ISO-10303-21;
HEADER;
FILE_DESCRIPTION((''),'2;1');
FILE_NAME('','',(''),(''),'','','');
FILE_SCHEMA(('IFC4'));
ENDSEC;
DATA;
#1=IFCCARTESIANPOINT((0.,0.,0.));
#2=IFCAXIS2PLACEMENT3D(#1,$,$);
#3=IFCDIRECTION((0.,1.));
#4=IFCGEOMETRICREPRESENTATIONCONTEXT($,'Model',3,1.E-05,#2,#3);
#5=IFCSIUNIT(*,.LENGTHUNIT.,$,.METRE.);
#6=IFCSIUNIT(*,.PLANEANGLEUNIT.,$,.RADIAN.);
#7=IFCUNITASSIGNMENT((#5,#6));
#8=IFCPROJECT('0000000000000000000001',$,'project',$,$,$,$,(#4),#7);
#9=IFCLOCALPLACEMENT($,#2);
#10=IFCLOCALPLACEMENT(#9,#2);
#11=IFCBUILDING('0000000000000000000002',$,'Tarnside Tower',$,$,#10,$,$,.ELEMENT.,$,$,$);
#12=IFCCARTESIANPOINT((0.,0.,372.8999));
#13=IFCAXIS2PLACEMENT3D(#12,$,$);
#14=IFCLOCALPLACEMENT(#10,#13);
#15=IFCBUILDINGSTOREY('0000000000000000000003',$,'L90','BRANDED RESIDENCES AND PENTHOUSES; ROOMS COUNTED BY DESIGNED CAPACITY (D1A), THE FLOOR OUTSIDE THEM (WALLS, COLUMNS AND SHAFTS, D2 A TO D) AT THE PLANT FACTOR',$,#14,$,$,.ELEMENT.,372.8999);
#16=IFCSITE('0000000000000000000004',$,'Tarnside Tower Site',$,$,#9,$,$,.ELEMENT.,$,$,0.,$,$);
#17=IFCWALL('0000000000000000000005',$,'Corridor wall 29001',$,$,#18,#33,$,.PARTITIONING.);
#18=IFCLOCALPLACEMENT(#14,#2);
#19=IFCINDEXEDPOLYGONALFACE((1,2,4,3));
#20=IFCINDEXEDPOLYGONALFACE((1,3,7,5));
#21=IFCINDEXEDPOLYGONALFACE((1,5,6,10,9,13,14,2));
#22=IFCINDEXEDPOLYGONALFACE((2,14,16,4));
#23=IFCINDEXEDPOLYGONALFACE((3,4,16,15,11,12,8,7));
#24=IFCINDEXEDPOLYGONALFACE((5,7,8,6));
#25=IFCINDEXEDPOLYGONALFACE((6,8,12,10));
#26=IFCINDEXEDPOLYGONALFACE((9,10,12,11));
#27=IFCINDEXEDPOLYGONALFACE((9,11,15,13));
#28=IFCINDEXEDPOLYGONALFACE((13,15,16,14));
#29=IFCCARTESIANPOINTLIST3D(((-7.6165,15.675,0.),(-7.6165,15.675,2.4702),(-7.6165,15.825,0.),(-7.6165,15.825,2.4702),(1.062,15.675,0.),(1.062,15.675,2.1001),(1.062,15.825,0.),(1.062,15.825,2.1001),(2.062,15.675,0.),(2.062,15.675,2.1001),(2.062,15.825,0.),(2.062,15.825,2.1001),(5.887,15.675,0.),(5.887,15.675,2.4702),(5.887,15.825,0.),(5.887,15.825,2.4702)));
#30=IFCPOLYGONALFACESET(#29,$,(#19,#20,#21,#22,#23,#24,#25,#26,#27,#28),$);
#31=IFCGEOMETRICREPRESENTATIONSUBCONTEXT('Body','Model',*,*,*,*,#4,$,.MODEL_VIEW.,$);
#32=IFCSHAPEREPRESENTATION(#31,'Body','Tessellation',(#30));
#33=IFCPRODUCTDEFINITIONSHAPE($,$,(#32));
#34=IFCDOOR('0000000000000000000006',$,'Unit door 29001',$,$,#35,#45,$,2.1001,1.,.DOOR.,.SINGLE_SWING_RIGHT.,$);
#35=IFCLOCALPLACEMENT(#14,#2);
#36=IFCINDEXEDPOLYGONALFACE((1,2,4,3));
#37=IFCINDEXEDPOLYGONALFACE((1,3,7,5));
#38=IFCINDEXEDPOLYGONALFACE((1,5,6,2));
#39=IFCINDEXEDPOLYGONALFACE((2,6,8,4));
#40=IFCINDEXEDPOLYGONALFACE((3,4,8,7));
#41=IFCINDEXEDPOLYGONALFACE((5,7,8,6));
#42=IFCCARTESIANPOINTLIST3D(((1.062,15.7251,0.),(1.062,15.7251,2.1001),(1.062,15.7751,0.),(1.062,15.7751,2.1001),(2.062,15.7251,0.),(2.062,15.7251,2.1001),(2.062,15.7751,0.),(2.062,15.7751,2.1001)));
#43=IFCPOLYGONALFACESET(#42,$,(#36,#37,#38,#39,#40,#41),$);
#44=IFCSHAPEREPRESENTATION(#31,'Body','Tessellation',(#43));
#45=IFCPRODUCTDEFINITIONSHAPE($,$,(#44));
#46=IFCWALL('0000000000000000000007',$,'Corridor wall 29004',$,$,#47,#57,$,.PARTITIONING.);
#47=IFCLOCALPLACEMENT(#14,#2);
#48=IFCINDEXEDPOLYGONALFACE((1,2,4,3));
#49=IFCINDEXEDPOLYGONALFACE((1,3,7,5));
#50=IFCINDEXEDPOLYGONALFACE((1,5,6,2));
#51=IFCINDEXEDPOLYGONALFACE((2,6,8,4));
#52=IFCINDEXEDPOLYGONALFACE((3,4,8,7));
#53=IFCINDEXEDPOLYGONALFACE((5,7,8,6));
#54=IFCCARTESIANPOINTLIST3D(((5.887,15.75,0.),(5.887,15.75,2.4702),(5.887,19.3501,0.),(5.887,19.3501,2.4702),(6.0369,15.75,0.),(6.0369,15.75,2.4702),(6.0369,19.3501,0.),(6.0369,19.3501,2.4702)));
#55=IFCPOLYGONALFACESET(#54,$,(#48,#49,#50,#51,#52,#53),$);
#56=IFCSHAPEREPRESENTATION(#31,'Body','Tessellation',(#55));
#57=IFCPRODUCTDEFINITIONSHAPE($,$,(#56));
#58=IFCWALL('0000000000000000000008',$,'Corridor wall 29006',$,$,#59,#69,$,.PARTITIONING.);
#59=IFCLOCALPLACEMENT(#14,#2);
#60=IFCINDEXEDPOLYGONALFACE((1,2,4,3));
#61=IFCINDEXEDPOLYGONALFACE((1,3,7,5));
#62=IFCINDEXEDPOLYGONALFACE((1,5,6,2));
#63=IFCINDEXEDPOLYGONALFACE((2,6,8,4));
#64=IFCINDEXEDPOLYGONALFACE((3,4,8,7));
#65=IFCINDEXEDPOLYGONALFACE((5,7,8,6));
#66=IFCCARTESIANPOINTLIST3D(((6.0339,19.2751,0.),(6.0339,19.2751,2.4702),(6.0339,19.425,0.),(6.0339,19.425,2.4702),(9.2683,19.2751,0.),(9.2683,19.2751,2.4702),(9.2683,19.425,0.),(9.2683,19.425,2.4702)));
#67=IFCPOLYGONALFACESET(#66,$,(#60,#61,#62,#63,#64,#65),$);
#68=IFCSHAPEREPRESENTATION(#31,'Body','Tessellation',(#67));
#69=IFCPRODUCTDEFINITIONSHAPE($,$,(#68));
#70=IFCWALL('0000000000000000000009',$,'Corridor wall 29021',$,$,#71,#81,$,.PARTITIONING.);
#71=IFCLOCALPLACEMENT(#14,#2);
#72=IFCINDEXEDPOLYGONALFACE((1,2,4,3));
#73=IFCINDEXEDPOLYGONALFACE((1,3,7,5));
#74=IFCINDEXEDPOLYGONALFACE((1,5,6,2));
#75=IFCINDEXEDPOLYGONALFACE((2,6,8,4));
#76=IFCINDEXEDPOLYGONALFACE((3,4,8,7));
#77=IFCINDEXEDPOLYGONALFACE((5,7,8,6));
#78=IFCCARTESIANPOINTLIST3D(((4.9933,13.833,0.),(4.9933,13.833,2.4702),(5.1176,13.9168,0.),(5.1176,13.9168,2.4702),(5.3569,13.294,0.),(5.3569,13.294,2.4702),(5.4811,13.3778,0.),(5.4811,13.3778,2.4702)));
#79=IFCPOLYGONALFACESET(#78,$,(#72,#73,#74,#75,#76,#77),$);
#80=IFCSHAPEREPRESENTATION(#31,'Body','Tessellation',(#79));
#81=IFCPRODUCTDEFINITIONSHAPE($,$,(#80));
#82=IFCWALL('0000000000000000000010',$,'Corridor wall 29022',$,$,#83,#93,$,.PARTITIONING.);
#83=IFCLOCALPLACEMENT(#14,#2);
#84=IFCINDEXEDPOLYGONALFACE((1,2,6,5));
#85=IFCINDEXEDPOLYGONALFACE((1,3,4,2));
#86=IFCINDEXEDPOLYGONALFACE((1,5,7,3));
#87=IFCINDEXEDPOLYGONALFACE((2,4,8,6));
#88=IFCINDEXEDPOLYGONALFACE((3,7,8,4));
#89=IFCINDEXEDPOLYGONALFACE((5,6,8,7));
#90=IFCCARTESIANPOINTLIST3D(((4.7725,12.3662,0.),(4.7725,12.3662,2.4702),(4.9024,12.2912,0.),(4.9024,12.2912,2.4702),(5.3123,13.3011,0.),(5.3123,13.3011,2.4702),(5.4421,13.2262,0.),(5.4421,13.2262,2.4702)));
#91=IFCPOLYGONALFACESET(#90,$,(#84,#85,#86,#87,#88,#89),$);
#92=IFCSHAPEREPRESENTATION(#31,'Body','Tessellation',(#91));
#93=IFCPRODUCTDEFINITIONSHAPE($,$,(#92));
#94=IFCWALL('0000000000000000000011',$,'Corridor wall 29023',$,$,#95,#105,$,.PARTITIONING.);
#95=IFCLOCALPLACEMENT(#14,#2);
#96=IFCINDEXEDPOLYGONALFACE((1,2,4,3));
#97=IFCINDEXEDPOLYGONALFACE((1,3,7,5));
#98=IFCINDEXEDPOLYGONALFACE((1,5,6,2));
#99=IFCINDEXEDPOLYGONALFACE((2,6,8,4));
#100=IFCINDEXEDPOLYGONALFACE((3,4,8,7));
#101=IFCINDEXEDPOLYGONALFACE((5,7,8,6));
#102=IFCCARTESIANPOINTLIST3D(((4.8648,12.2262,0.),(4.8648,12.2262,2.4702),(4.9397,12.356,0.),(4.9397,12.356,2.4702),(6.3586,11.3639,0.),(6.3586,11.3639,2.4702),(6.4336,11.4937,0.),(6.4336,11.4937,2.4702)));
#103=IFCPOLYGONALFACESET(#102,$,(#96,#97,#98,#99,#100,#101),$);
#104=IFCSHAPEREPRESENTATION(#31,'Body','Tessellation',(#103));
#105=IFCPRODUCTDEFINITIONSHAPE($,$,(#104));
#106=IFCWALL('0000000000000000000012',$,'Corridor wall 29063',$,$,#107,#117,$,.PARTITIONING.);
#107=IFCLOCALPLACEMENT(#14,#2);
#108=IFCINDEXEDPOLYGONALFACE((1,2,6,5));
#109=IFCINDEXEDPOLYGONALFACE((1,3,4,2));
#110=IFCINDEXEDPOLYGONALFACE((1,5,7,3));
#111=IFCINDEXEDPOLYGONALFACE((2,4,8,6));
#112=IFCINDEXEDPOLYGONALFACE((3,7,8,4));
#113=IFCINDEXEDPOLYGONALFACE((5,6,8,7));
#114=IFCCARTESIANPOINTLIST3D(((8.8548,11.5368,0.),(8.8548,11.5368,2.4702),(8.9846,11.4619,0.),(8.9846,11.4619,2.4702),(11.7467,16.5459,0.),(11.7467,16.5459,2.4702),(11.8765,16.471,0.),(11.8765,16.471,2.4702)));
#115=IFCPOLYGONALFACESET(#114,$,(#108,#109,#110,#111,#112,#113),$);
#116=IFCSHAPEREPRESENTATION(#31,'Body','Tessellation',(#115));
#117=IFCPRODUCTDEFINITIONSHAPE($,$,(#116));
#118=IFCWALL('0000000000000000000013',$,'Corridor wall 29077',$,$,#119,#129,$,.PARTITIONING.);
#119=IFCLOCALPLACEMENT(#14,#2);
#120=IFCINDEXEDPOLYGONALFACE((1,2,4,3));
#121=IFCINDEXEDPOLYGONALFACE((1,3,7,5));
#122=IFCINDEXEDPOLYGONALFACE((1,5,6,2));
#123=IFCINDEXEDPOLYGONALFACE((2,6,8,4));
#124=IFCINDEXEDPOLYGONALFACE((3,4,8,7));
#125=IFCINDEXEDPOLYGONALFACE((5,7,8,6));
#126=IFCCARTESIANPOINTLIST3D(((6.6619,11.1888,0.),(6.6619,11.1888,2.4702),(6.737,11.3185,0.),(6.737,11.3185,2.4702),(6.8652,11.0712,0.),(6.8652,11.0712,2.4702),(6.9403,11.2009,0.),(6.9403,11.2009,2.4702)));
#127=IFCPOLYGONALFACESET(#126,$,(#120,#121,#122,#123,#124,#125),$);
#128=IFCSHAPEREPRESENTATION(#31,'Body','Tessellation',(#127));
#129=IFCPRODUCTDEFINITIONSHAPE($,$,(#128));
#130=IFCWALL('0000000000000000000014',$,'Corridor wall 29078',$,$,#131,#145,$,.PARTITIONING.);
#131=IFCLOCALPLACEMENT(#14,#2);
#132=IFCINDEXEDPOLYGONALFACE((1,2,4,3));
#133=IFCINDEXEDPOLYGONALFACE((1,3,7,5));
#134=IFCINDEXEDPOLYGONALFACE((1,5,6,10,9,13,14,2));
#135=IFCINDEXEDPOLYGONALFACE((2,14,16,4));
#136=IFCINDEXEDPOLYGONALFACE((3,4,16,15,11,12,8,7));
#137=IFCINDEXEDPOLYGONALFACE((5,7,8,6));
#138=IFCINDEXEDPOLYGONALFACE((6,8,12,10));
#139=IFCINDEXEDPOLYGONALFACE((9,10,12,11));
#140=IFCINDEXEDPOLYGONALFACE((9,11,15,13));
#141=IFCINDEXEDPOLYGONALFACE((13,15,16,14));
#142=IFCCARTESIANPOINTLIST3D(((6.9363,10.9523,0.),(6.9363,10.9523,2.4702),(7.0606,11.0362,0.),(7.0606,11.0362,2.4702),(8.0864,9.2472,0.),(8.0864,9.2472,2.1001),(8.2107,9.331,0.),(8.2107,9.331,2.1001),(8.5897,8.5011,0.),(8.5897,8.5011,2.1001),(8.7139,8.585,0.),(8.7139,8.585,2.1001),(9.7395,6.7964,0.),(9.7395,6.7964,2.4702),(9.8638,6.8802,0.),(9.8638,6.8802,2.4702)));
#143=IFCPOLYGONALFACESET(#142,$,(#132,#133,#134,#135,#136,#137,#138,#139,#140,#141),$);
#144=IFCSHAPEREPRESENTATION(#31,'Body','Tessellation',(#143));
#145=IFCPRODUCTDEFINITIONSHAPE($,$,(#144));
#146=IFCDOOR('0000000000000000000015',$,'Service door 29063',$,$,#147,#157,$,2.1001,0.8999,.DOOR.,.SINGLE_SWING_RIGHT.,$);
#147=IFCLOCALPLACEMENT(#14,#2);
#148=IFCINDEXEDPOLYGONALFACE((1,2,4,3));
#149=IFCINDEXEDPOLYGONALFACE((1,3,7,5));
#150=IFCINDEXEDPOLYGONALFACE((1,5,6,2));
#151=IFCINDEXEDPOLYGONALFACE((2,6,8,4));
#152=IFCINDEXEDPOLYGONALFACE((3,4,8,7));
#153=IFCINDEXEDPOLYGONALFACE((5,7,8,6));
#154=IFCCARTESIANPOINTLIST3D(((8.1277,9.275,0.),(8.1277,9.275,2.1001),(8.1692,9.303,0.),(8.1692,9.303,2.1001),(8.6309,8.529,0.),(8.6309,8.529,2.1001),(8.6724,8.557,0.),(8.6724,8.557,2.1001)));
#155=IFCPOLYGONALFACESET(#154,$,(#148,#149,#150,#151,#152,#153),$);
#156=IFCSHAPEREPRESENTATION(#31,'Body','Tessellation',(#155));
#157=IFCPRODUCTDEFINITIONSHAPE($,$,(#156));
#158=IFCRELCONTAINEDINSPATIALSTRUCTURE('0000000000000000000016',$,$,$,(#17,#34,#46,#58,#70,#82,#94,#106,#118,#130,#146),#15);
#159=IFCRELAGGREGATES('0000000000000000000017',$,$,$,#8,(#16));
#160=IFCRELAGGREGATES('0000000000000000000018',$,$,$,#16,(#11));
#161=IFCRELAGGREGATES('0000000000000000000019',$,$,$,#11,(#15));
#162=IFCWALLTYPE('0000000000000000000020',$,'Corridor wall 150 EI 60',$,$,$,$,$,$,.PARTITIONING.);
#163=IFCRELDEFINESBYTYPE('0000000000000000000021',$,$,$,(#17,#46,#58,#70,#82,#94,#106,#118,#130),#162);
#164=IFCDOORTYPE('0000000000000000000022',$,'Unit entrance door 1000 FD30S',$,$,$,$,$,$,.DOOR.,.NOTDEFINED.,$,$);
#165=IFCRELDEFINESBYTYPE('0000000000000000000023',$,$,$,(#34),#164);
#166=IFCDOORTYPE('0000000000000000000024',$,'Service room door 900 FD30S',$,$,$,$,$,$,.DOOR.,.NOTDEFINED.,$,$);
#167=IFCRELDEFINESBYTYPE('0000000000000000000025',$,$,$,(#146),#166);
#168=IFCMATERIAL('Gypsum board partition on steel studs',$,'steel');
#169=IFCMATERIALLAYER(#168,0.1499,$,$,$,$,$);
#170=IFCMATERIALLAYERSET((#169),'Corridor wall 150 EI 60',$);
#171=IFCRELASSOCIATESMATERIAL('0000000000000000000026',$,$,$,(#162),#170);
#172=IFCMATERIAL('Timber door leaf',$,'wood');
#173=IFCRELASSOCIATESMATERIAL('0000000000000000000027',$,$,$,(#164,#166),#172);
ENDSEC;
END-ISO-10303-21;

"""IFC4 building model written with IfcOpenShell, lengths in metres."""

from ifc_helpers import new_model, si_unit, direction, frame, frame_2d, origin, place, context, subcontext, project, spatial, rectangle, extrude, material, layer, layer_set, type_object, element, fill, save


model = new_model("IFC4")

# Units and contexts
model_context = context("Model", 3, precision=1e-05, world=origin(), true_north=direction((0.0, 1.0)))
body_context = subcontext(model_context, "Body", "Model", "MODEL_VIEW")
ifc_project = project(units=[si_unit("LENGTHUNIT", "METRE"), si_unit("PLANEANGLEUNIT", "RADIAN")], contexts=[model_context])

# Site, building, storey
site_placement = place(None, origin())
site = spatial("IfcSite", under=ifc_project, at=site_placement, Name="Tarnside Tower Site", CompositionType="ELEMENT", RefElevation=0.0)
building_placement = place(site_placement, origin())
building = spatial("IfcBuilding", under=site, at=building_placement, Name="Tarnside Tower", CompositionType="ELEMENT")
storey_placement = place(building_placement, frame((0.0, 0.0, 372.8999)))
storey = spatial("IfcBuildingStorey", under=building, at=storey_placement, Name="L90", Description="BRANDED RESIDENCES AND PENTHOUSES; ROOMS COUNTED BY DESIGNED CAPACITY (D1A), THE FLOOR OUTSIDE THEM (WALLS, COLUMNS AND SHAFTS, D2 A TO D) AT THE PLANT FACTOR", CompositionType="ELEMENT", Elevation=372.8999)

# Shared definitions
ifc_material_1 = material(Name="Gypsum board partition on steel studs", Category="steel")
ifc_material_2 = material(Name="Timber door leaf", Category="wood")

# Wall, opening, door
ifc_layer_1 = layer(ifc_material_1, 0.1499)
ifc_layer_set_1 = layer_set([ifc_layer_1], Name="Corridor wall 150 EI 60")
wall_type_1 = type_object("IfcWallType", Name="Corridor wall 150 EI 60", PredefinedType="PARTITIONING", material=ifc_layer_set_1)
wall_1_placement = place(storey_placement, frame((5.887, 15.75, 0.0), z_axis=(0.0, 0.0, 1.0), x_axis=(-1.0, 0.0, 0.0)))
wall_1 = element("IfcWall", 1, at=wall_1_placement, inside=storey, type_object=wall_type_1, Name="Corridor wall 29001", PredefinedType="PARTITIONING", context=body_context, shape_type="SweptSolid", body=[
    extrude(rectangle(XDim=13.5034, YDim=0.1499, at=frame_2d((6.7517, 0.0))), origin(), (0.0, 0.0, 1.0), 2.4702),
])
opening_1_placement = place(wall_1_placement, frame((3.825, 0.0, 0.0)))
opening_1 = element("IfcOpeningElement", 2, at=opening_1_placement, cuts=wall_1, PredefinedType="OPENING", context=body_context, shape_type="SweptSolid", body=[
    extrude(rectangle(XDim=1.0, YDim=2.1001, at=frame_2d((0.5, 1.05))), frame((0.0, 0.085, 0.0), z_axis=(0.0, -1.0, 0.0), x_axis=(1.0, 0.0, 0.0)), (0.0, 0.0, 1.0), 0.1699),
])
door_type_1 = type_object("IfcDoorType", Name="Unit entrance door 1000 FD30S", OperationType="NOTDEFINED", PredefinedType="DOOR", material=ifc_material_2)
door_1_placement = place(opening_1_placement, origin())
door_1 = element("IfcDoor", 3, at=door_1_placement, inside=storey, type_object=door_type_1, Name="Unit door 29001", OperationType="SINGLE_SWING_RIGHT", OverallHeight=2.1001, OverallWidth=1.0, PredefinedType="DOOR", context=body_context, shape_type="SweptSolid", body=[
    extrude(rectangle(XDim=1.0, YDim=2.1001, at=frame_2d((0.5, 1.05))), frame((0.0, 0.0249, 0.0), z_axis=(0.0, -1.0, 0.0), x_axis=(1.0, 0.0, 0.0)), (0.0, 0.0, 1.0), 0.05),
])
fill(opening_1, door_1)

# Walls
wall_2_placement = place(storey_placement, frame((5.9619, 19.3501, 0.0), z_axis=(0.0, 0.0, 1.0), x_axis=(0.0, -1.0, 0.0)))
element("IfcWall", 4, at=wall_2_placement, inside=storey, type_object=wall_type_1, Name="Corridor wall 29004", PredefinedType="PARTITIONING", context=body_context, shape_type="SweptSolid", body=[
    extrude(rectangle(XDim=3.6001, YDim=0.1499, at=frame_2d((1.8, 0.0))), origin(), (0.0, 0.0, 1.0), 2.4702),
])
wall_3_placement = place(storey_placement, frame((9.2683, 19.3501, 0.0), z_axis=(0.0, 0.0, 1.0), x_axis=(-1.0, 0.0, 0.0)))
element("IfcWall", 5, at=wall_3_placement, inside=storey, type_object=wall_type_1, Name="Corridor wall 29006", PredefinedType="PARTITIONING", context=body_context, shape_type="SweptSolid", body=[
    extrude(rectangle(XDim=3.2344, YDim=0.1499, at=frame_2d((1.6172, 0.0))), origin(), (0.0, 0.0, 1.0), 2.4702),
])
wall_4_placement = place(storey_placement, frame((5.0554, 13.875, 0.0), z_axis=(0.0, 0.0, 1.0), x_axis=(0.559112, -0.829092, 0.0)))
element("IfcWall", 6, at=wall_4_placement, inside=storey, type_object=wall_type_1, Name="Corridor wall 29021", PredefinedType="PARTITIONING", context=body_context, shape_type="SweptSolid", body=[
    extrude(rectangle(XDim=0.6501, YDim=0.1499, at=frame_2d((0.3252, 0.0))), origin(), (0.0, 0.0, 1.0), 2.4702),
])
wall_5_placement = place(storey_placement, frame((5.3772, 13.2637, 0.0), z_axis=(0.0, 0.0, 1.0), x_axis=(-0.499957, -0.86605, 0.0)))
element("IfcWall", 7, at=wall_5_placement, inside=storey, type_object=wall_type_1, Name="Corridor wall 29022", PredefinedType="PARTITIONING", context=body_context, shape_type="SweptSolid", body=[
    extrude(rectangle(XDim=1.0796, YDim=0.1499, at=frame_2d((0.5398, 0.0))), origin(), (0.0, 0.0, 1.0), 2.4702),
])
wall_6_placement = place(storey_placement, frame((4.9023, 12.291, 0.0), z_axis=(0.0, 0.0, 1.0), x_axis=(0.866075, -0.499914, 0.0)))
element("IfcWall", 8, at=wall_6_placement, inside=storey, type_object=wall_type_1, Name="Corridor wall 29023", PredefinedType="PARTITIONING", context=body_context, shape_type="SweptSolid", body=[
    extrude(rectangle(XDim=1.7249, YDim=0.1499, at=frame_2d((0.8623, 0.0))), origin(), (0.0, 0.0, 1.0), 2.4702),
])
wall_7_placement = place(storey_placement, frame((8.9197, 11.4993, 0.0), z_axis=(0.0, 0.0, 1.0), x_axis=(0.499984, 0.866034, 0.0)))
element("IfcWall", 9, at=wall_7_placement, inside=storey, type_object=wall_type_1, Name="Corridor wall 29063", PredefinedType="PARTITIONING", context=body_context, shape_type="SweptSolid", body=[
    extrude(rectangle(XDim=5.7839, YDim=0.1499, at=frame_2d((2.8921, 0.0))), origin(), (0.0, 0.0, 1.0), 2.4702),
])
wall_8_placement = place(storey_placement, frame((6.6995, 11.2537, 0.0), z_axis=(0.0, 0.0, 1.0), x_axis=(0.865545, -0.500831, 0.0)))
element("IfcWall", 10, at=wall_8_placement, inside=storey, type_object=wall_type_1, Name="Corridor wall 29077", PredefinedType="PARTITIONING", context=body_context, shape_type="SweptSolid", body=[
    extrude(rectangle(XDim=0.2349, YDim=0.1499, at=frame_2d((0.1174, 0.0))), origin(), (0.0, 0.0, 1.0), 2.4702),
])

# Wall, opening, door
wall_9_placement = place(storey_placement, frame((6.9985, 10.9941, 0.0), z_axis=(0.0, 0.0, 1.0), x_axis=(0.559188, -0.829041, 0.0)))
wall_9 = element("IfcWall", 11, at=wall_9_placement, inside=storey, type_object=wall_type_1, Name="Corridor wall 29078", PredefinedType="PARTITIONING", context=body_context, shape_type="SweptSolid", body=[
    extrude(rectangle(XDim=5.0129, YDim=0.1499, at=frame_2d((2.5063, 0.0))), origin(), (0.0, 0.0, 1.0), 2.4702),
])
opening_2_placement = place(wall_9_placement, frame((2.0566, 0.0, 0.0)))
opening_2 = element("IfcOpeningElement", 12, at=opening_2_placement, cuts=wall_9, PredefinedType="OPENING", context=body_context, shape_type="SweptSolid", body=[
    extrude(rectangle(XDim=0.8999, YDim=2.1001, at=frame_2d((0.45, 1.05))), frame((0.0, 0.085, 0.0), z_axis=(0.0, -1.0, 0.0), x_axis=(1.0, 0.0, 0.0)), (0.0, 0.0, 1.0), 0.1699),
])
door_type_2 = type_object("IfcDoorType", Name="Service room door 900 FD30S", OperationType="NOTDEFINED", PredefinedType="DOOR", material=ifc_material_2)
door_2_placement = place(opening_2_placement, origin())
door_2 = element("IfcDoor", 13, at=door_2_placement, inside=storey, type_object=door_type_2, Name="Service door 29063", OperationType="SINGLE_SWING_RIGHT", OverallHeight=2.1001, OverallWidth=0.8999, PredefinedType="DOOR", context=body_context, shape_type="SweptSolid", body=[
    extrude(rectangle(XDim=0.8999, YDim=2.1001, at=frame_2d((0.45, 1.05))), frame((0.0, 0.0249, 0.0), z_axis=(0.0, -1.0, 0.0), x_axis=(1.0, 0.0, 0.0)), (0.0, 0.0, 1.0), 0.05),
])
fill(opening_2, door_2)

save(model, "model.ifc")
